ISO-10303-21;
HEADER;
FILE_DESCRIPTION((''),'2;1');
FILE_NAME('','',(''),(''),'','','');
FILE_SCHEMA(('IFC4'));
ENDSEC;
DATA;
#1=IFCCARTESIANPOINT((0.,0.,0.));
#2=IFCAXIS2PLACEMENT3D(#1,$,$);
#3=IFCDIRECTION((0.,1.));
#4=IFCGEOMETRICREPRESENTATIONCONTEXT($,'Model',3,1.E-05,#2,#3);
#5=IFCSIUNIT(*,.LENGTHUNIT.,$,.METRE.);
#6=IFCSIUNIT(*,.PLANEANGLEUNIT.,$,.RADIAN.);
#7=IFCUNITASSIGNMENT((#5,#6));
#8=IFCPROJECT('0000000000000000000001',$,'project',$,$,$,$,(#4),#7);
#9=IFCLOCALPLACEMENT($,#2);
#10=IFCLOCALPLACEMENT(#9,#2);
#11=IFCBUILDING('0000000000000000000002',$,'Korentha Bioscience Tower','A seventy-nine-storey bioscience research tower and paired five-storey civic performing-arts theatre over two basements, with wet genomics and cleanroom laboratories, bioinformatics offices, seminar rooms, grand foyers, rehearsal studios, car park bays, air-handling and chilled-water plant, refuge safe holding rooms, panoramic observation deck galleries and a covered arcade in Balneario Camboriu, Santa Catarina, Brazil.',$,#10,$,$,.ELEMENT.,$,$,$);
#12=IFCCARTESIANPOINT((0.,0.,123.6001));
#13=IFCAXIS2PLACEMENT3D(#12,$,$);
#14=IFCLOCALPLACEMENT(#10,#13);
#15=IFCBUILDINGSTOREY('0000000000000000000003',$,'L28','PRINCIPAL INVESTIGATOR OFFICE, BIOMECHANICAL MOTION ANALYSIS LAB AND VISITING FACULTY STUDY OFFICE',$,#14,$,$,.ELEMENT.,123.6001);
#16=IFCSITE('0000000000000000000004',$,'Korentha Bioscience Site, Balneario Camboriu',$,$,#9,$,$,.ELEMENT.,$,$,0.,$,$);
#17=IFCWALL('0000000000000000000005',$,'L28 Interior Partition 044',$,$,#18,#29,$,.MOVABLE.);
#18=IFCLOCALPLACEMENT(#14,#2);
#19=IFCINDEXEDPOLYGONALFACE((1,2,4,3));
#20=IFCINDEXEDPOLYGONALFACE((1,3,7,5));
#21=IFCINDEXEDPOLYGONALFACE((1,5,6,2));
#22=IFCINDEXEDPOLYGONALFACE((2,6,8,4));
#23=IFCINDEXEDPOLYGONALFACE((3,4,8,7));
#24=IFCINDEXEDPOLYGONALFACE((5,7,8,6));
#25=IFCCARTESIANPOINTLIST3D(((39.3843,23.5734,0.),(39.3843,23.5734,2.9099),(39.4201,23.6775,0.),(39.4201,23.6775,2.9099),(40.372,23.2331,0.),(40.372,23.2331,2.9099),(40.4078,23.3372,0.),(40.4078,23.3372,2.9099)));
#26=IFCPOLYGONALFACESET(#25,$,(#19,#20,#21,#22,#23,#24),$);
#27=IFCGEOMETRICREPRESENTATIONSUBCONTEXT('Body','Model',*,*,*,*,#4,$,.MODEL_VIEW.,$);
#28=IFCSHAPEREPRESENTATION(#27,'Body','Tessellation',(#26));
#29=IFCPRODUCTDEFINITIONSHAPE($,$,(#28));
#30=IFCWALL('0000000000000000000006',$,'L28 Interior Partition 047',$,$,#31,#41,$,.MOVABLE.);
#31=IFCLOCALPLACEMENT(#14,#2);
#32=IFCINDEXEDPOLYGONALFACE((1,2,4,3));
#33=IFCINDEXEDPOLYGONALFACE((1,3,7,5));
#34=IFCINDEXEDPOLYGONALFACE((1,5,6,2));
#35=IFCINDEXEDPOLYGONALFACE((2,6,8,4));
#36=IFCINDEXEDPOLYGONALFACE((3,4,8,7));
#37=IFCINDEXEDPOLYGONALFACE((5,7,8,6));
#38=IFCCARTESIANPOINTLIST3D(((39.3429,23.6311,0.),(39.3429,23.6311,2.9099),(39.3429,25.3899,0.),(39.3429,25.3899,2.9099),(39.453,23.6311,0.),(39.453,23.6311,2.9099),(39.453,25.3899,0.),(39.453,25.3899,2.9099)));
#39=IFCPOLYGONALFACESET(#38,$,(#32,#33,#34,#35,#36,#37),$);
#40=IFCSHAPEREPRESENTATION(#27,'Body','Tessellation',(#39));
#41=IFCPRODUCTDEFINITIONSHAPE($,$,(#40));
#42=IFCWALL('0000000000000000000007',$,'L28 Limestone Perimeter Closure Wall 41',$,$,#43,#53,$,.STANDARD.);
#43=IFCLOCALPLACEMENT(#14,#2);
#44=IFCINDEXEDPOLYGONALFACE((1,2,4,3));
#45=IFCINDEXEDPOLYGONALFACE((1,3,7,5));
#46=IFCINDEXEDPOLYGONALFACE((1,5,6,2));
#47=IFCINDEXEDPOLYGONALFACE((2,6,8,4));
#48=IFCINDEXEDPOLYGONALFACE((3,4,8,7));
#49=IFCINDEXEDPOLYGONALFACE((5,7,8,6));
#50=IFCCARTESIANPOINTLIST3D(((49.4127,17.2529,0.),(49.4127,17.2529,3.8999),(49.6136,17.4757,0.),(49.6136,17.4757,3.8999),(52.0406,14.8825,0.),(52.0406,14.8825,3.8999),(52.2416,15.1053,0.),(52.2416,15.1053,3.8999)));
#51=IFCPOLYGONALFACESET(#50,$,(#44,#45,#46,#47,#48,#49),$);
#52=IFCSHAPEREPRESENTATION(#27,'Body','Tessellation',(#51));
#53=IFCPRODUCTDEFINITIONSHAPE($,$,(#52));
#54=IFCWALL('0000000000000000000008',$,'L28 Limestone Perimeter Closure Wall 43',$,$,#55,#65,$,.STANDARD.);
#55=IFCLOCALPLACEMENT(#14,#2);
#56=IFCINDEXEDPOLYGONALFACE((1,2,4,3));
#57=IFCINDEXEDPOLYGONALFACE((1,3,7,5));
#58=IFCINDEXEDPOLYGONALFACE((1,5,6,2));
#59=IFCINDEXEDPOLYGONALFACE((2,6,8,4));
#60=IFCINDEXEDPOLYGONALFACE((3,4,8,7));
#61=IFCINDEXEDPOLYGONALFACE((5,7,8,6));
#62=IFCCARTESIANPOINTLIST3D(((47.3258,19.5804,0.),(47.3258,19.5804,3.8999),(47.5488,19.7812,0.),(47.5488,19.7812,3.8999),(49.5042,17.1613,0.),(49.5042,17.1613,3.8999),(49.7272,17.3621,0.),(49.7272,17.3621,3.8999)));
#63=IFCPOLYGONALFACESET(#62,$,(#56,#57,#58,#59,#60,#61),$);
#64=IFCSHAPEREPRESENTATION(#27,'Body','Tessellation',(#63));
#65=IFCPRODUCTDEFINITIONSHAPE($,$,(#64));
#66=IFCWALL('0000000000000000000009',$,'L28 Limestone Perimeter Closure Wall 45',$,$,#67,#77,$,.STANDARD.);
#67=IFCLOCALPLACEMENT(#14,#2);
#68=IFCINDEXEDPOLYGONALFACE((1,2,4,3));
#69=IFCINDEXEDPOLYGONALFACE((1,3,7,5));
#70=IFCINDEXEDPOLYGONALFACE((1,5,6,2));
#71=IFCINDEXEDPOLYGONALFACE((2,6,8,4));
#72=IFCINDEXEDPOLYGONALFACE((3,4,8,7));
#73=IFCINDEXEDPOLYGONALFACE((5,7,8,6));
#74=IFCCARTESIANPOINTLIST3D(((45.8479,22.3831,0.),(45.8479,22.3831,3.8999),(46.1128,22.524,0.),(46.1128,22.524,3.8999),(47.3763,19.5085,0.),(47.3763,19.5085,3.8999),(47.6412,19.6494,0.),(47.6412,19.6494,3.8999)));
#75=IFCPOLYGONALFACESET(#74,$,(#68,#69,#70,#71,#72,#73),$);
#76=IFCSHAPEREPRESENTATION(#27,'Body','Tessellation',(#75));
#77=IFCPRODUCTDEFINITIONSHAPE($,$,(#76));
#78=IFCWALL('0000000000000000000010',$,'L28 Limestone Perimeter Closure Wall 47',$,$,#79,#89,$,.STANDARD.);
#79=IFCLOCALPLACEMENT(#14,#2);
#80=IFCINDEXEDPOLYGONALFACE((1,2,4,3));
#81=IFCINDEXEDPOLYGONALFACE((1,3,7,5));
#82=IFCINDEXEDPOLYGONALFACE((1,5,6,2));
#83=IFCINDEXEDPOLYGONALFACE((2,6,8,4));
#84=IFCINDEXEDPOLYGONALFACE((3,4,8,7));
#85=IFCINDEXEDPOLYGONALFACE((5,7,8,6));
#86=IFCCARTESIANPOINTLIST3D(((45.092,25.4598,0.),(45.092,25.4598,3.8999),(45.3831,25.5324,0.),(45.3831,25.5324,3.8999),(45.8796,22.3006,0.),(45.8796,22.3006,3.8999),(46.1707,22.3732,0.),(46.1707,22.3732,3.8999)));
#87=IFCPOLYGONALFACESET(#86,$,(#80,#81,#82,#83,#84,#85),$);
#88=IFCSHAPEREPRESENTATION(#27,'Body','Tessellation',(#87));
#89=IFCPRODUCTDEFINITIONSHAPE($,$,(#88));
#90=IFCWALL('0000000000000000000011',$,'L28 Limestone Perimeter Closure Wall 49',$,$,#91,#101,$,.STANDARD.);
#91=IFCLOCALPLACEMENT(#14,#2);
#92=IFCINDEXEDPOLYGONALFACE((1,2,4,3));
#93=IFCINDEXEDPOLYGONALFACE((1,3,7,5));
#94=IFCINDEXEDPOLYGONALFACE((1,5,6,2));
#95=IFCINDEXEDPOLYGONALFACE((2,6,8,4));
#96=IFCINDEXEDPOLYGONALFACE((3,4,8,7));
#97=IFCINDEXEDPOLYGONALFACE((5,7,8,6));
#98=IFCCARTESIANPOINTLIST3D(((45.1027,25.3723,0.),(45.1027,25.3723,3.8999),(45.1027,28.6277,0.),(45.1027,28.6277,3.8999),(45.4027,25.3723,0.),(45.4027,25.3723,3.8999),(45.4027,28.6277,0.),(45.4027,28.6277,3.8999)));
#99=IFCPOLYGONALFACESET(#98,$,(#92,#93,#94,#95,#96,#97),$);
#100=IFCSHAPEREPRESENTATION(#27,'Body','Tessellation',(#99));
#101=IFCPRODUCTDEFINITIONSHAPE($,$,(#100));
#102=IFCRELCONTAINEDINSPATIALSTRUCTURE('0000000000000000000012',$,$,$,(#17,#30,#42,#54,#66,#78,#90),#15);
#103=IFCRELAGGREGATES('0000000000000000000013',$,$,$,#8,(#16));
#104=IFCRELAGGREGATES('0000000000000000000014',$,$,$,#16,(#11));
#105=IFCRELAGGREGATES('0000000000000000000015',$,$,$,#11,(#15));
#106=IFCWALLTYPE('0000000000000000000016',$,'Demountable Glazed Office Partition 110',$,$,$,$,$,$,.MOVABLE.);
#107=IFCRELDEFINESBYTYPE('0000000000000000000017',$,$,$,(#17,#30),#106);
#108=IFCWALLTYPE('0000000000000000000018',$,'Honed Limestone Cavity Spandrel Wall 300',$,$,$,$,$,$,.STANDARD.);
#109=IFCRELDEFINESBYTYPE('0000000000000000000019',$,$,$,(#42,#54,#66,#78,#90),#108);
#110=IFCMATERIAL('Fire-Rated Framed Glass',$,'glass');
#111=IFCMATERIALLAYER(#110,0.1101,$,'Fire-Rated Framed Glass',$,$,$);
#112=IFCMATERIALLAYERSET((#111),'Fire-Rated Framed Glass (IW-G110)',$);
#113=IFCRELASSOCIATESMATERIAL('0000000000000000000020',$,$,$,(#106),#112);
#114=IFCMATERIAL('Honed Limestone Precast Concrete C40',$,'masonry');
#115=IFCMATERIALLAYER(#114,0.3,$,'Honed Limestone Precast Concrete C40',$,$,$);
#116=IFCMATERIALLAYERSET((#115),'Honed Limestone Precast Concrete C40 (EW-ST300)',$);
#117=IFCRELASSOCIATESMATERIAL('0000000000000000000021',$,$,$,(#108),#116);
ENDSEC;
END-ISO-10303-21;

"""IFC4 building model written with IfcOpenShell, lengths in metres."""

from ifc_helpers import new_model, si_unit, direction, frame, frame_2d, origin, place, context, subcontext, project, spatial, rectangle, extrude, material, layer, layer_set, type_object, element, save


model = new_model("IFC4")

# Units and contexts
model_context = context("Model", 3, precision=1e-05, world=origin(), true_north=direction((0.0, 1.0)))
body_context = subcontext(model_context, "Body", "Model", "MODEL_VIEW")
ifc_project = project(units=[si_unit("LENGTHUNIT", "METRE"), si_unit("PLANEANGLEUNIT", "RADIAN")], contexts=[model_context])

# Site, building, storey
site_placement = place(None, origin())
site = spatial("IfcSite", under=ifc_project, at=site_placement, Name="Korentha Bioscience Site, Balneario Camboriu", CompositionType="ELEMENT", RefElevation=0.0)
building_placement = place(site_placement, origin())
building = spatial("IfcBuilding", under=site, at=building_placement, Name="Korentha Bioscience Tower", Description="A seventy-nine-storey bioscience research tower and paired five-storey civic performing-arts theatre over two basements, with wet genomics and cleanroom laboratories, bioinformatics offices, seminar rooms, grand foyers, rehearsal studios, car park bays, air-handling and chilled-water plant, refuge safe holding rooms, panoramic observation deck galleries and a covered arcade in Balneario Camboriu, Santa Catarina, Brazil.", CompositionType="ELEMENT")
storey_placement = place(building_placement, frame((0.0, 0.0, 123.6001)))
storey = spatial("IfcBuildingStorey", under=building, at=storey_placement, Name="L28", Description="PRINCIPAL INVESTIGATOR OFFICE, BIOMECHANICAL MOTION ANALYSIS LAB AND VISITING FACULTY STUDY OFFICE", CompositionType="ELEMENT", Elevation=123.6001)

# Shared definitions
ifc_material_1 = material(Name="Fire-Rated Framed Glass", Category="glass")
ifc_layer_1 = layer(ifc_material_1, 0.1101, Name="Fire-Rated Framed Glass")
ifc_layer_set_1 = layer_set([ifc_layer_1], Name="Fire-Rated Framed Glass (IW-G110)")
wall_type_1 = type_object("IfcWallType", Name="Demountable Glazed Office Partition 110", PredefinedType="MOVABLE", material=ifc_layer_set_1)

# Walls
wall_1_placement = place(storey_placement, frame((39.4021, 23.6255, 0.0), z_axis=(0.0, 0.0, 1.0), x_axis=(0.945457, -0.325746, 0.0)))
element("IfcWall", 1, at=wall_1_placement, inside=storey, type_object=wall_type_1, Name="L28 Interior Partition 044", PredefinedType="MOVABLE", context=body_context, shape_type="SweptSolid", body=[
    extrude(rectangle(XDim=1.0447, YDim=0.1101, at=frame_2d((0.5225, 0.0))), origin(), (0.0, 0.0, 1.0), 2.9099),
])
wall_2_placement = place(storey_placement, frame((39.3979, 25.3899, 0.0), z_axis=(0.0, 0.0, 1.0), x_axis=(0.0, -1.0, 0.0)))
element("IfcWall", 2, at=wall_2_placement, inside=storey, type_object=wall_type_1, Name="L28 Interior Partition 047", PredefinedType="MOVABLE", context=body_context, shape_type="SweptSolid", body=[
    extrude(rectangle(XDim=1.7588, YDim=0.1101, at=frame_2d((0.8794, 0.0))), origin(), (0.0, 0.0, 1.0), 2.9099),
])
ifc_material_2 = material(Name="Honed Limestone Precast Concrete C40", Category="masonry")
ifc_layer_2 = layer(ifc_material_2, 0.3, Name="Honed Limestone Precast Concrete C40")
ifc_layer_set_2 = layer_set([ifc_layer_2], Name="Honed Limestone Precast Concrete C40 (EW-ST300)")
wall_type_2 = type_object("IfcWallType", Name="Honed Limestone Cavity Spandrel Wall 300", PredefinedType="STANDARD", material=ifc_layer_set_2)
wall_3_placement = place(storey_placement, frame((52.1411, 14.9939, 0.0), z_axis=(0.0, 0.0, 1.0), x_axis=(-0.74256, 0.66978, 0.0)))
element("IfcWall", 3, at=wall_3_placement, inside=storey, type_object=wall_type_2, Name="L28 Limestone Perimeter Closure Wall 41", PredefinedType="STANDARD", context=body_context, shape_type="SweptSolid", body=[
    extrude(rectangle(XDim=3.5391, YDim=0.3, at=frame_2d((1.7695, 0.0))), origin(), (0.0, 0.0, 1.0), 3.8999),
])
wall_4_placement = place(storey_placement, frame((49.6157, 17.2617, 0.0), z_axis=(0.0, 0.0, 1.0), x_axis=(-0.669168, 0.743111, 0.0)))
element("IfcWall", 4, at=wall_4_placement, inside=storey, type_object=wall_type_2, Name="L28 Limestone Perimeter Closure Wall 43", PredefinedType="STANDARD", context=body_context, shape_type="SweptSolid", body=[
    extrude(rectangle(XDim=3.2554, YDim=0.3, at=frame_2d((1.6277, 0.0))), origin(), (0.0, 0.0, 1.0), 3.8999),
])
wall_5_placement = place(storey_placement, frame((47.5088, 19.5789, 0.0), z_axis=(0.0, 0.0, 1.0), x_axis=(-0.469451, 0.882958, 0.0)))
element("IfcWall", 5, at=wall_5_placement, inside=storey, type_object=wall_type_2, Name="L28 Limestone Perimeter Closure Wall 45", PredefinedType="STANDARD", context=body_context, shape_type="SweptSolid", body=[
    extrude(rectangle(XDim=3.2556, YDim=0.3, at=frame_2d((1.6279, 0.0))), origin(), (0.0, 0.0, 1.0), 3.8999),
])
wall_6_placement = place(storey_placement, frame((46.0251, 22.3369, 0.0), z_axis=(0.0, 0.0, 1.0), x_axis=(-0.2419, 0.970301, 0.0)))
element("IfcWall", 6, at=wall_6_placement, inside=storey, type_object=wall_type_2, Name="L28 Limestone Perimeter Closure Wall 47", PredefinedType="STANDARD", context=body_context, shape_type="SweptSolid", body=[
    extrude(rectangle(XDim=3.2559, YDim=0.3, at=frame_2d((1.6279, 0.0))), origin(), (0.0, 0.0, 1.0), 3.8999),
])
wall_7_placement = place(storey_placement, frame((45.2527, 25.3723, 0.0), z_axis=(0.0, 0.0, 1.0), x_axis=(0.0, 1.0, 0.0)))
element("IfcWall", 7, at=wall_7_placement, inside=storey, type_object=wall_type_2, Name="L28 Limestone Perimeter Closure Wall 49", PredefinedType="STANDARD", context=body_context, shape_type="SweptSolid", body=[
    extrude(rectangle(XDim=3.2554, YDim=0.3, at=frame_2d((1.6277, 0.0))), origin(), (0.0, 0.0, 1.0), 3.8999),
])

save(model, "model.ifc")
